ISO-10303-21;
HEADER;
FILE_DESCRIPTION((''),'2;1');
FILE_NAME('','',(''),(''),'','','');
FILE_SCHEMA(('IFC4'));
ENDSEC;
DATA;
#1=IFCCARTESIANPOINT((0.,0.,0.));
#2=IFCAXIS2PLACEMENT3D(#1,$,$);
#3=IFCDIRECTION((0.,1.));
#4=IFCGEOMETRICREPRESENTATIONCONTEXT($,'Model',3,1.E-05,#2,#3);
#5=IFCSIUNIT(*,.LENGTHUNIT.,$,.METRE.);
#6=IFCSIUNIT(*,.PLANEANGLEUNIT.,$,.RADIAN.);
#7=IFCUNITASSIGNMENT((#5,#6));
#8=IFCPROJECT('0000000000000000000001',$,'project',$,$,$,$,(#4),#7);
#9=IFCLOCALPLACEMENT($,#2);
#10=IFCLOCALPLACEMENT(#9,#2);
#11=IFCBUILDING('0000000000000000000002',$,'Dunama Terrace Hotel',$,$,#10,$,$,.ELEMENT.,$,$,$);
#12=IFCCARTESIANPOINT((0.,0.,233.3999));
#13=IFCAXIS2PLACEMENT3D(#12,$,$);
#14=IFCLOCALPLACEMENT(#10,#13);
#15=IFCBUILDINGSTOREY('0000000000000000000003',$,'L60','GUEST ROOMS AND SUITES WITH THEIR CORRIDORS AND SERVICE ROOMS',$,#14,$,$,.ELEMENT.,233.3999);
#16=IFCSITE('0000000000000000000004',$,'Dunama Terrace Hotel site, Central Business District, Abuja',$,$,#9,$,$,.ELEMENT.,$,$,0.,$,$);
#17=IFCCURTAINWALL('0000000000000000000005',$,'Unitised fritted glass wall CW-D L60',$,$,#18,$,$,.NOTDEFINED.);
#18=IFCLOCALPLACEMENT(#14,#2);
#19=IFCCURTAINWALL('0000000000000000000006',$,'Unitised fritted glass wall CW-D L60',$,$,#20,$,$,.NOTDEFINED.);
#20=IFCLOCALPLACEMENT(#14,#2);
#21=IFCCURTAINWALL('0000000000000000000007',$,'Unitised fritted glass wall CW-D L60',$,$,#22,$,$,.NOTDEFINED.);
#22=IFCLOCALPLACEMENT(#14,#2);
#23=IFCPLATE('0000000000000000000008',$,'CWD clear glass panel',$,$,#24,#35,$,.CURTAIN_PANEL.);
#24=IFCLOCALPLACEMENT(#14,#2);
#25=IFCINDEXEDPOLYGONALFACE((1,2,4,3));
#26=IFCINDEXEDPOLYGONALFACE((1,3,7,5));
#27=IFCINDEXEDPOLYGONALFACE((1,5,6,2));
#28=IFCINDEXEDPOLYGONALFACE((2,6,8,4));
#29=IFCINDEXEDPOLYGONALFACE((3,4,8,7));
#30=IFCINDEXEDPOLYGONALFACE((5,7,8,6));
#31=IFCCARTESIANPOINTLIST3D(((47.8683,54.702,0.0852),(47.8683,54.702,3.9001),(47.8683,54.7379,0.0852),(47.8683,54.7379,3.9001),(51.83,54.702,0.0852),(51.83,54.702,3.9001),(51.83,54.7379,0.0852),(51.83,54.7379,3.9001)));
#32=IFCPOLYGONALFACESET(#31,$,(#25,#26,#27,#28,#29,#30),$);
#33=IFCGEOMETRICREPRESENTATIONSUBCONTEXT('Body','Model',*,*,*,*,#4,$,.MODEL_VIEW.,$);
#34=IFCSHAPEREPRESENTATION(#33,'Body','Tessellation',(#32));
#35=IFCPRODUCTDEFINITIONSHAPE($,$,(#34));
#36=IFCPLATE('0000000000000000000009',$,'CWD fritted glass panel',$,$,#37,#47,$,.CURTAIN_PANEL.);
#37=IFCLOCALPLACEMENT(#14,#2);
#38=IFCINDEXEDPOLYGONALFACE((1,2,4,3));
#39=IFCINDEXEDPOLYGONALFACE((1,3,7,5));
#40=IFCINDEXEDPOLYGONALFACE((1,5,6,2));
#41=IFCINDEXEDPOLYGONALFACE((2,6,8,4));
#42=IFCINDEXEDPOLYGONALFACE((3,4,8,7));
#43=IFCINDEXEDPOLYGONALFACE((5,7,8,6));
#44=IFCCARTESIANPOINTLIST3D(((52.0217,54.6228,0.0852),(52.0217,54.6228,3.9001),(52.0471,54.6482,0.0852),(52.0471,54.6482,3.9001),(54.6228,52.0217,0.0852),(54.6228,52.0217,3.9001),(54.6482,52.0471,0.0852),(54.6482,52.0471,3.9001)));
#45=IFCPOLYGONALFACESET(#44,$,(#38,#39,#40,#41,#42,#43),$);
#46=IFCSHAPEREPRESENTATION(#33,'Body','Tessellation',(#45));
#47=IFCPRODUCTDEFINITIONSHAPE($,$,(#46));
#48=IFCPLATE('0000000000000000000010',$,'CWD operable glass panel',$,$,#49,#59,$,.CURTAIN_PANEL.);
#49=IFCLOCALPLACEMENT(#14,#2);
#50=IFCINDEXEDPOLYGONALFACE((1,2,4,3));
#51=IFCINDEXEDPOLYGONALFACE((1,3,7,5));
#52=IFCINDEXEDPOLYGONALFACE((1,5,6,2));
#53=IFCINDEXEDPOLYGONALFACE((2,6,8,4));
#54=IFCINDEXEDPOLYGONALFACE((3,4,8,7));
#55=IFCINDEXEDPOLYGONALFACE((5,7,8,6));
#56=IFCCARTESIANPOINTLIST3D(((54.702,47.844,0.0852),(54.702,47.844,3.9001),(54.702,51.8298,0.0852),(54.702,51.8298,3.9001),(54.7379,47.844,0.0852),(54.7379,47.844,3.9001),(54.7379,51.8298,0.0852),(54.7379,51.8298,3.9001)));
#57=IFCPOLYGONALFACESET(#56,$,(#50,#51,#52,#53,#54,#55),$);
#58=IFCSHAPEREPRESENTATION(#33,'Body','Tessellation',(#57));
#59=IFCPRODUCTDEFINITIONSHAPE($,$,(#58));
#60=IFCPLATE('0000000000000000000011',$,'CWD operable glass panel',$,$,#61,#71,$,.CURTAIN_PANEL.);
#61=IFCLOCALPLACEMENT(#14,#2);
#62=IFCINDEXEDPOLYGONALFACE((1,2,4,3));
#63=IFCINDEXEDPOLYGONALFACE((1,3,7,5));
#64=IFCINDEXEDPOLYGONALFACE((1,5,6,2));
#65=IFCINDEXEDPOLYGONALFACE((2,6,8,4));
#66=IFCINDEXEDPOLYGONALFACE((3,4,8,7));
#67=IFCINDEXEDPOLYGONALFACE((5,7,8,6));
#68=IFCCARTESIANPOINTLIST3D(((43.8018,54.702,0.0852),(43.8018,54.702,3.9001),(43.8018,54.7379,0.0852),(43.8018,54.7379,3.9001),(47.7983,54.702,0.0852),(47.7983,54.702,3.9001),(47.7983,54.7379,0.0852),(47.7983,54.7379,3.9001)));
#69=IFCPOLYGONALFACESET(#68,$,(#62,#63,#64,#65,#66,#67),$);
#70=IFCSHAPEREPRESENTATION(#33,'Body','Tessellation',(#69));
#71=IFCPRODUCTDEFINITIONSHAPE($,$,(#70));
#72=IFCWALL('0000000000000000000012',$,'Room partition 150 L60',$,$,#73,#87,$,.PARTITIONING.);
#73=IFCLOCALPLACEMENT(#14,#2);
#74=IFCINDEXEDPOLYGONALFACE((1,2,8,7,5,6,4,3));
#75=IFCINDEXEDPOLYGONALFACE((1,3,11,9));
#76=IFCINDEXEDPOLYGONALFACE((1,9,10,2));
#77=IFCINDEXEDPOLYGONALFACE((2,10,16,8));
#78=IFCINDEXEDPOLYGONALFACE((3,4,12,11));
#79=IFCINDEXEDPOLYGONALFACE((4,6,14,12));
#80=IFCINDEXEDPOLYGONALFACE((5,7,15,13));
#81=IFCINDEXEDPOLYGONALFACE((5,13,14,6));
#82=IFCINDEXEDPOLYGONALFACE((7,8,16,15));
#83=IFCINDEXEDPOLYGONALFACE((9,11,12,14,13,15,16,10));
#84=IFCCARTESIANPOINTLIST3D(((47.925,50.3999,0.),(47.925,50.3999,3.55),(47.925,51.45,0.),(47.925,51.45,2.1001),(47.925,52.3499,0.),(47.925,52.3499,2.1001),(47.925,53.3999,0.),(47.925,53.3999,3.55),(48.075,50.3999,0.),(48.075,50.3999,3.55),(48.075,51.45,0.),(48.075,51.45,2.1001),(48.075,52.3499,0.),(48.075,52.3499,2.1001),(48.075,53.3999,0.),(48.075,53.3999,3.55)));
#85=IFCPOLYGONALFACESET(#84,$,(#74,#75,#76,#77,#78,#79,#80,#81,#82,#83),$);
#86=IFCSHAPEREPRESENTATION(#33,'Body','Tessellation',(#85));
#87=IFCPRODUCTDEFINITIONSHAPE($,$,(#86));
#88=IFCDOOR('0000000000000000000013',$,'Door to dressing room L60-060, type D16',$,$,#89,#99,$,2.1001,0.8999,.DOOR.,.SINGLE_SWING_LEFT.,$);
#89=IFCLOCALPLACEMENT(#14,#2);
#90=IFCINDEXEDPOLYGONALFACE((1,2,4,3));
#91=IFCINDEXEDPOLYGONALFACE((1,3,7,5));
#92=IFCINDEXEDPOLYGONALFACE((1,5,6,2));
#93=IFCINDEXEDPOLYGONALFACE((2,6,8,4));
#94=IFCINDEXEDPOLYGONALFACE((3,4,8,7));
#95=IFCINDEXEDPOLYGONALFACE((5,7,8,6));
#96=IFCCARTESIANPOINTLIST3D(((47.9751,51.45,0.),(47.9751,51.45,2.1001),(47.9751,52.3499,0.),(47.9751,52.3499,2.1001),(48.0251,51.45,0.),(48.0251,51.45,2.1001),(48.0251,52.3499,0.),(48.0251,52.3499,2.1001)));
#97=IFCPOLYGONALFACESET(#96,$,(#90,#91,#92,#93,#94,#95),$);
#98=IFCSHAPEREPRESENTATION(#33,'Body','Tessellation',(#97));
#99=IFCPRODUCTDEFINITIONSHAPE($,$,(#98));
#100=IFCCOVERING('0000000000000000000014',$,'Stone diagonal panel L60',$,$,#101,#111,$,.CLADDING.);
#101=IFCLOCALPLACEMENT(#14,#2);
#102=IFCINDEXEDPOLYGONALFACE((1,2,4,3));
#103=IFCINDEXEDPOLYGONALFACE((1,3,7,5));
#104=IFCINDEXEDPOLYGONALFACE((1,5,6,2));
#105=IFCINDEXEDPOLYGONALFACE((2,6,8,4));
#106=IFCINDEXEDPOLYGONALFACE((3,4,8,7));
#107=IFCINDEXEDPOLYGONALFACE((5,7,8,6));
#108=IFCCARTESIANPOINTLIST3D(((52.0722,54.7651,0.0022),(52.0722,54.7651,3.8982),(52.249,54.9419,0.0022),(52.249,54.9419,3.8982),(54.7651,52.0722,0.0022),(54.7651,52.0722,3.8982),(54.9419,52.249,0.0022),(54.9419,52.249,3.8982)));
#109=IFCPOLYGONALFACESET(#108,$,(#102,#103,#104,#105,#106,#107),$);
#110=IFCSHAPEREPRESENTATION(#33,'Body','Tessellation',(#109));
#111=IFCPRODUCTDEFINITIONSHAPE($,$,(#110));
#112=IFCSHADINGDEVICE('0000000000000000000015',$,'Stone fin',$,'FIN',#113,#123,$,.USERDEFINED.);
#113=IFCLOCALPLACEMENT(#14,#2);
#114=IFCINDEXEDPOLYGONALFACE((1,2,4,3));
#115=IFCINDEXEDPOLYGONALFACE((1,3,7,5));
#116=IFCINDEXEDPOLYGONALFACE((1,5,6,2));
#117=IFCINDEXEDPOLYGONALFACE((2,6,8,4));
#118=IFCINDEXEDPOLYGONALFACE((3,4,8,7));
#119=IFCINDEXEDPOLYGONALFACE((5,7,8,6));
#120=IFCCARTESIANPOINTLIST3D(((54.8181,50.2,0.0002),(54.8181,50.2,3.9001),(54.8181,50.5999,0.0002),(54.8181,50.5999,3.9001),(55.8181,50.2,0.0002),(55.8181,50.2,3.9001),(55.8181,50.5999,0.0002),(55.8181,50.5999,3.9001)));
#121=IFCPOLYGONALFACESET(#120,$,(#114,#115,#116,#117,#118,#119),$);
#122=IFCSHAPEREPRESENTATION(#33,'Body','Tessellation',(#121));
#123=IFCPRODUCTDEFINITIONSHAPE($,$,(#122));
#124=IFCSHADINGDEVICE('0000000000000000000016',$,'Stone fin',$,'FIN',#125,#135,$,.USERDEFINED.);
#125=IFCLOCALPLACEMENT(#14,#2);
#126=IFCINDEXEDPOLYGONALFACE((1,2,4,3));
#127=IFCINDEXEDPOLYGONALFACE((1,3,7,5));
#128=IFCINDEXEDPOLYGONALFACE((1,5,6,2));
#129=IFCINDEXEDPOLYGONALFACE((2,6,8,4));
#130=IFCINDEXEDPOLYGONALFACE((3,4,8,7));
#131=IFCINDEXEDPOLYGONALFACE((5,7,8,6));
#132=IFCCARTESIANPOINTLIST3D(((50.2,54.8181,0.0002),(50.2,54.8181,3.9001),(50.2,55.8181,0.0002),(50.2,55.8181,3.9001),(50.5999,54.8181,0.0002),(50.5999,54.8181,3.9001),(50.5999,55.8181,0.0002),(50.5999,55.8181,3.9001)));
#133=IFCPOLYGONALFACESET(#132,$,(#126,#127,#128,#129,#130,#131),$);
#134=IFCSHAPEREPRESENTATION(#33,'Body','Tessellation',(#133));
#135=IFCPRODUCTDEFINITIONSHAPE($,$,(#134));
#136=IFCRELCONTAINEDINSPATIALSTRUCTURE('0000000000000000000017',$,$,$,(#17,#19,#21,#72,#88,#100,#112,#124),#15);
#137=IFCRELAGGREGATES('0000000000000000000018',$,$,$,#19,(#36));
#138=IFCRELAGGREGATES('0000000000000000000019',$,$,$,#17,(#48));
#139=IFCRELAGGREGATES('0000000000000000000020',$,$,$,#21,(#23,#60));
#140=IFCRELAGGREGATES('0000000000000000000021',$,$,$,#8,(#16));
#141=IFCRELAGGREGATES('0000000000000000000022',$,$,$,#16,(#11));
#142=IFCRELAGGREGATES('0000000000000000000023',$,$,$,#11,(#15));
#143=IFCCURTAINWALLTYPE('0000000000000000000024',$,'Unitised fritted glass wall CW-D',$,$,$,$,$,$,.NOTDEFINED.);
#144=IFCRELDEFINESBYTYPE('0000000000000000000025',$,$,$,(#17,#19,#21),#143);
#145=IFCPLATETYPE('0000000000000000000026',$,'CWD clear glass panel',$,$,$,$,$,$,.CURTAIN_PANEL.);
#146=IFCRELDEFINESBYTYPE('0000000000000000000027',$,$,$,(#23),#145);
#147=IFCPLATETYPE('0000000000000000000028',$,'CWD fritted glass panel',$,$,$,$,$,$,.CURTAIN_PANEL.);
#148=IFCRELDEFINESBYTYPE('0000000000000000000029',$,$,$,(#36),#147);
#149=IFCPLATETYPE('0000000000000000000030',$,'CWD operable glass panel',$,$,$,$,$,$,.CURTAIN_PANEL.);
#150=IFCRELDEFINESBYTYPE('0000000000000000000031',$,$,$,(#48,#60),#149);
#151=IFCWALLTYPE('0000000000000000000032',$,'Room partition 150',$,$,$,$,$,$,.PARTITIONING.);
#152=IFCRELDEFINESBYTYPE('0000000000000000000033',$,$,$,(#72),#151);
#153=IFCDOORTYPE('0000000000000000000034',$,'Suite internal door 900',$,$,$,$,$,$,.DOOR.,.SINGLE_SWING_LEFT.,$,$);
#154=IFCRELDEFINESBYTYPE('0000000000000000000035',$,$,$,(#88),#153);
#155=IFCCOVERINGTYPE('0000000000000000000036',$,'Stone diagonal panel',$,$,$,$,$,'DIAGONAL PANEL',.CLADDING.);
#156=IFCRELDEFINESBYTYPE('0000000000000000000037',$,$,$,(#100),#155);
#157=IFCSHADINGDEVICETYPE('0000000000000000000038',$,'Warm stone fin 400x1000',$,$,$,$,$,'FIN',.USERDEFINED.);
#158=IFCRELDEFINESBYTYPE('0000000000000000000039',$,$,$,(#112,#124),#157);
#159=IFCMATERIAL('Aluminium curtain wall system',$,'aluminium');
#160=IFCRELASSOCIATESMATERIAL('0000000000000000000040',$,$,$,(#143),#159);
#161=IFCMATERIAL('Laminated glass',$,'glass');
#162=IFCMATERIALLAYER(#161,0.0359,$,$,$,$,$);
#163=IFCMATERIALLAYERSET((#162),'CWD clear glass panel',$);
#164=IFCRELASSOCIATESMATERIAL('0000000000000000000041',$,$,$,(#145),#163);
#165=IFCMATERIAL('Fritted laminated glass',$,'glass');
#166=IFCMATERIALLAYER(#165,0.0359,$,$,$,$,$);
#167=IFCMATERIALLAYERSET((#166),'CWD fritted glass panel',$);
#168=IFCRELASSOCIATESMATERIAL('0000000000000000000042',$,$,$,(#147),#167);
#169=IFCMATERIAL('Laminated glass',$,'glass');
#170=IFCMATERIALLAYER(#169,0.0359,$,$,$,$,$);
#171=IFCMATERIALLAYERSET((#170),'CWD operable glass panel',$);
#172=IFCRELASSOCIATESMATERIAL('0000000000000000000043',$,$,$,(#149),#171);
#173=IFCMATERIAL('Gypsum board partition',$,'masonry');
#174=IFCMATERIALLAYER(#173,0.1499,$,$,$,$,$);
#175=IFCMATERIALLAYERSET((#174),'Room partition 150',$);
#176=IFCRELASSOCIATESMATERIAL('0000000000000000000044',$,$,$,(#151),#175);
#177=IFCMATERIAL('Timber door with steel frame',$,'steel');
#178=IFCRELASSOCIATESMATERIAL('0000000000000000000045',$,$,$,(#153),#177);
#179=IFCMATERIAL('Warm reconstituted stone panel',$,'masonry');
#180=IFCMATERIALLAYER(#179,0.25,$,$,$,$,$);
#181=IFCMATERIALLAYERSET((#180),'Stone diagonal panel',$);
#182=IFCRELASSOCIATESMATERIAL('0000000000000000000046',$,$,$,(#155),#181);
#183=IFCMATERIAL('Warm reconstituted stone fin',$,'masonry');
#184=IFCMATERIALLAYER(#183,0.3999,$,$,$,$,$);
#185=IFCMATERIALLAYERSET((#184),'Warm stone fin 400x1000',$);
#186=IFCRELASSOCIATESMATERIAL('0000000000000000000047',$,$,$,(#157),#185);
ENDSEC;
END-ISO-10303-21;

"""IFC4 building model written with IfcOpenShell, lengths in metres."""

from ifc_helpers import new_model, si_unit, direction, frame, frame_2d, origin, origin_2d, place, context, subcontext, project, spatial, rectangle, extrude, material, layer, layer_set, type_object, element, fill, aggregate, save


model = new_model("IFC4")

# Units and contexts
model_context = context("Model", 3, precision=1e-05, world=origin(), true_north=direction((0.0, 1.0)))
body_context = subcontext(model_context, "Body", "Model", "MODEL_VIEW")
ifc_project = project(units=[si_unit("LENGTHUNIT", "METRE"), si_unit("PLANEANGLEUNIT", "RADIAN")], contexts=[model_context])

# Site, building, storey
site_placement = place(None, origin())
site = spatial("IfcSite", under=ifc_project, at=site_placement, Name="Dunama Terrace Hotel site, Central Business District, Abuja", CompositionType="ELEMENT", RefElevation=0.0)
building_placement = place(site_placement, origin())
building = spatial("IfcBuilding", under=site, at=building_placement, Name="Dunama Terrace Hotel", CompositionType="ELEMENT")
storey_placement = place(building_placement, frame((0.0, 0.0, 233.3999)))
storey = spatial("IfcBuildingStorey", under=building, at=storey_placement, Name="L60", Description="GUEST ROOMS AND SUITES WITH THEIR CORRIDORS AND SERVICE ROOMS", CompositionType="ELEMENT", Elevation=233.3999)

# Curtain walls
ifc_material_1 = material(Name="Aluminium curtain wall system", Category="aluminium")
curtain_wall_type = type_object("IfcCurtainWallType", Name="Unitised fritted glass wall CW-D", PredefinedType="NOTDEFINED", material=ifc_material_1)
curtain_wall_1_placement = place(storey_placement, origin())
curtain_wall_1 = element("IfcCurtainWall", 1, at=curtain_wall_1_placement, inside=storey, type_object=curtain_wall_type, Name="Unitised fritted glass wall CW-D L60", PredefinedType="NOTDEFINED")
curtain_wall_2_placement = place(storey_placement, origin())
curtain_wall_2 = element("IfcCurtainWall", 2, at=curtain_wall_2_placement, inside=storey, type_object=curtain_wall_type, Name="Unitised fritted glass wall CW-D L60", PredefinedType="NOTDEFINED")
curtain_wall_3_placement = place(storey_placement, origin())
curtain_wall_3 = element("IfcCurtainWall", 3, at=curtain_wall_3_placement, inside=storey, type_object=curtain_wall_type, Name="Unitised fritted glass wall CW-D L60", PredefinedType="NOTDEFINED")

# Plates
ifc_material_2 = material(Name="Laminated glass", Category="glass")
ifc_layer_1 = layer(ifc_material_2, 0.0359)
ifc_layer_set_1 = layer_set([ifc_layer_1], Name="CWD clear glass panel")
plate_type_1 = type_object("IfcPlateType", Name="CWD clear glass panel", PredefinedType="CURTAIN_PANEL", material=ifc_layer_set_1)
plate_1_placement = place(storey_placement, frame((49.8491, 54.72, 0.0852), z_axis=(0.0, 0.0, 1.0), x_axis=(-1.0, 0.0, 0.0)))
plate_1 = element("IfcPlate", 4, at=plate_1_placement, type_object=plate_type_1, Name="CWD clear glass panel", PredefinedType="CURTAIN_PANEL", context=body_context, shape_type="SweptSolid", body=[
    extrude(rectangle(XDim=3.9617, YDim=0.0359, at=origin_2d()), origin(), (0.0, 0.0, 1.0), 3.8149),
])
ifc_material_3 = material(Name="Fritted laminated glass", Category="glass")
ifc_layer_2 = layer(ifc_material_3, 0.0359)
ifc_layer_set_2 = layer_set([ifc_layer_2], Name="CWD fritted glass panel")
plate_type_2 = type_object("IfcPlateType", Name="CWD fritted glass panel", PredefinedType="CURTAIN_PANEL", material=ifc_layer_set_2)
plate_2_placement = place(storey_placement, frame((53.335, 53.335, 0.0852), z_axis=(0.0, 0.0, 1.0), x_axis=(-0.707107, 0.707107, 0.0)))
plate_2 = element("IfcPlate", 5, at=plate_2_placement, type_object=plate_type_2, Name="CWD fritted glass panel", PredefinedType="CURTAIN_PANEL", context=body_context, shape_type="SweptSolid", body=[
    extrude(rectangle(XDim=3.6785, YDim=0.0359, at=origin_2d()), origin(), (0.0, 0.0, 1.0), 3.8149),
])
aggregate(curtain_wall_2, [plate_2])
ifc_material_4 = material(Name="Laminated glass", Category="glass")
ifc_layer_3 = layer(ifc_material_4, 0.0359)
ifc_layer_set_3 = layer_set([ifc_layer_3], Name="CWD operable glass panel")
plate_type_3 = type_object("IfcPlateType", Name="CWD operable glass panel", PredefinedType="CURTAIN_PANEL", material=ifc_layer_set_3)
plate_3_placement = place(storey_placement, frame((54.72, 49.8369, 0.0852), z_axis=(0.0, 0.0, 1.0), x_axis=(0.0, 1.0, 0.0)))
plate_3 = element("IfcPlate", 6, at=plate_3_placement, type_object=plate_type_3, Name="CWD operable glass panel", PredefinedType="CURTAIN_PANEL", context=body_context, shape_type="SweptSolid", body=[
    extrude(rectangle(XDim=3.9858, YDim=0.0359, at=origin_2d()), origin(), (0.0, 0.0, 1.0), 3.8149),
])
aggregate(curtain_wall_1, [plate_3])
plate_4_placement = place(storey_placement, frame((45.8, 54.72, 0.0852), z_axis=(0.0, 0.0, 1.0), x_axis=(-1.0, 0.0, 0.0)))
plate_4 = element("IfcPlate", 7, at=plate_4_placement, type_object=plate_type_3, Name="CWD operable glass panel", PredefinedType="CURTAIN_PANEL", context=body_context, shape_type="SweptSolid", body=[
    extrude(rectangle(XDim=3.9966, YDim=0.0359, at=origin_2d()), origin(), (0.0, 0.0, 1.0), 3.8149),
])
aggregate(curtain_wall_3, [plate_1, plate_4])

# Wall, opening, door
ifc_material_5 = material(Name="Gypsum board partition", Category="masonry")
ifc_layer_4 = layer(ifc_material_5, 0.1499)
ifc_layer_set_4 = layer_set([ifc_layer_4], Name="Room partition 150")
wall_type = type_object("IfcWallType", Name="Room partition 150", PredefinedType="PARTITIONING", material=ifc_layer_set_4)
wall_placement = place(storey_placement, frame((48.0, 50.3999, 0.0), z_axis=(0.0, 0.0, 1.0), x_axis=(0.0, 1.0, 0.0)))
wall = element("IfcWall", 8, at=wall_placement, inside=storey, type_object=wall_type, Name="Room partition 150 L60", PredefinedType="PARTITIONING", context=body_context, shape_type="SweptSolid", body=[
    extrude(rectangle(XDim=3.0, YDim=0.1499, at=frame_2d((1.5, 0.0))), origin(), (0.0, 0.0, 1.0), 3.55),
])
opening_placement = place(wall_placement, frame((1.05, 0.0, 0.0)))
opening = element("IfcOpeningElement", 9, at=opening_placement, cuts=wall, PredefinedType="OPENING", context=body_context, shape_type="SweptSolid", body=[
    extrude(rectangle(XDim=0.8999, YDim=2.1001, at=frame_2d((0.45, 1.05))), frame((0.0, 0.085, 0.0), z_axis=(0.0, -1.0, 0.0), x_axis=(1.0, 0.0, 0.0)), (0.0, 0.0, 1.0), 0.1699),
])
ifc_material_6 = material(Name="Timber door with steel frame", Category="steel")
door_type = type_object("IfcDoorType", Name="Suite internal door 900", OperationType="SINGLE_SWING_LEFT", PredefinedType="DOOR", material=ifc_material_6)
door_placement = place(opening_placement, origin())
door = element("IfcDoor", 10, at=door_placement, inside=storey, type_object=door_type, Name="Door to dressing room L60-060, type D16", OperationType="SINGLE_SWING_LEFT", OverallHeight=2.1001, OverallWidth=0.8999, PredefinedType="DOOR", context=body_context, shape_type="SweptSolid", body=[
    extrude(rectangle(XDim=0.8999, YDim=2.1001, at=frame_2d((0.45, 1.05))), frame((0.0, 0.0249, 0.0), z_axis=(0.0, -1.0, 0.0), x_axis=(1.0, 0.0, 0.0)), (0.0, 0.0, 1.0), 0.05),
])
fill(opening, door)

# Covering
ifc_material_7 = material(Name="Warm reconstituted stone panel", Category="masonry")
ifc_layer_5 = layer(ifc_material_7, 0.25)
ifc_layer_set_5 = layer_set([ifc_layer_5], Name="Stone diagonal panel")
covering_type = type_object("IfcCoveringType", Name="Stone diagonal panel", ElementType="DIAGONAL PANEL", PredefinedType="CLADDING", material=ifc_layer_set_5)
covering_placement = place(storey_placement, frame((53.5071, 53.5071, 0.0022), z_axis=(0.0, 0.0, 1.0), x_axis=(-0.707107, 0.707107, 0.0)))
element("IfcCovering", 11, at=covering_placement, inside=storey, type_object=covering_type, Name="Stone diagonal panel L60", PredefinedType="CLADDING", context=body_context, shape_type="SweptSolid", body=[
    extrude(rectangle(XDim=3.8083, YDim=0.25, at=origin_2d()), origin(), (0.0, 0.0, 1.0), 3.896),
])

# Shading devices
ifc_material_8 = material(Name="Warm reconstituted stone fin", Category="masonry")
ifc_layer_6 = layer(ifc_material_8, 0.3999)
ifc_layer_set_6 = layer_set([ifc_layer_6], Name="Warm stone fin 400x1000")
shading_device_type = type_object("IfcShadingDeviceType", Name="Warm stone fin 400x1000", ElementType="FIN", PredefinedType="USERDEFINED", material=ifc_layer_set_6)
for number, where, z_axis, x_axis, name in (
    (12, (55.3181, 50.3999, 0.0002), (0.0, 0.0, 1.0), (0.0, 1.0, 0.0), "Stone fin"),
    (13, (50.3999, 55.3181, 0.0002), (0.0, 0.0, 1.0), (-1.0, 0.0, 0.0), "Stone fin"),
):
    element("IfcShadingDevice", number, at=place(storey_placement, frame(where, z_axis=z_axis, x_axis=x_axis)), inside=storey, type_object=shading_device_type, Name=name, ObjectType="FIN", PredefinedType="USERDEFINED", context=body_context, shape_type="SweptSolid", body=[
        extrude(rectangle(XDim=0.3999, YDim=1.0, at=origin_2d()), origin(), (0.0, 0.0, 1.0), 3.8999),
    ])

save(model, "model.ifc")
